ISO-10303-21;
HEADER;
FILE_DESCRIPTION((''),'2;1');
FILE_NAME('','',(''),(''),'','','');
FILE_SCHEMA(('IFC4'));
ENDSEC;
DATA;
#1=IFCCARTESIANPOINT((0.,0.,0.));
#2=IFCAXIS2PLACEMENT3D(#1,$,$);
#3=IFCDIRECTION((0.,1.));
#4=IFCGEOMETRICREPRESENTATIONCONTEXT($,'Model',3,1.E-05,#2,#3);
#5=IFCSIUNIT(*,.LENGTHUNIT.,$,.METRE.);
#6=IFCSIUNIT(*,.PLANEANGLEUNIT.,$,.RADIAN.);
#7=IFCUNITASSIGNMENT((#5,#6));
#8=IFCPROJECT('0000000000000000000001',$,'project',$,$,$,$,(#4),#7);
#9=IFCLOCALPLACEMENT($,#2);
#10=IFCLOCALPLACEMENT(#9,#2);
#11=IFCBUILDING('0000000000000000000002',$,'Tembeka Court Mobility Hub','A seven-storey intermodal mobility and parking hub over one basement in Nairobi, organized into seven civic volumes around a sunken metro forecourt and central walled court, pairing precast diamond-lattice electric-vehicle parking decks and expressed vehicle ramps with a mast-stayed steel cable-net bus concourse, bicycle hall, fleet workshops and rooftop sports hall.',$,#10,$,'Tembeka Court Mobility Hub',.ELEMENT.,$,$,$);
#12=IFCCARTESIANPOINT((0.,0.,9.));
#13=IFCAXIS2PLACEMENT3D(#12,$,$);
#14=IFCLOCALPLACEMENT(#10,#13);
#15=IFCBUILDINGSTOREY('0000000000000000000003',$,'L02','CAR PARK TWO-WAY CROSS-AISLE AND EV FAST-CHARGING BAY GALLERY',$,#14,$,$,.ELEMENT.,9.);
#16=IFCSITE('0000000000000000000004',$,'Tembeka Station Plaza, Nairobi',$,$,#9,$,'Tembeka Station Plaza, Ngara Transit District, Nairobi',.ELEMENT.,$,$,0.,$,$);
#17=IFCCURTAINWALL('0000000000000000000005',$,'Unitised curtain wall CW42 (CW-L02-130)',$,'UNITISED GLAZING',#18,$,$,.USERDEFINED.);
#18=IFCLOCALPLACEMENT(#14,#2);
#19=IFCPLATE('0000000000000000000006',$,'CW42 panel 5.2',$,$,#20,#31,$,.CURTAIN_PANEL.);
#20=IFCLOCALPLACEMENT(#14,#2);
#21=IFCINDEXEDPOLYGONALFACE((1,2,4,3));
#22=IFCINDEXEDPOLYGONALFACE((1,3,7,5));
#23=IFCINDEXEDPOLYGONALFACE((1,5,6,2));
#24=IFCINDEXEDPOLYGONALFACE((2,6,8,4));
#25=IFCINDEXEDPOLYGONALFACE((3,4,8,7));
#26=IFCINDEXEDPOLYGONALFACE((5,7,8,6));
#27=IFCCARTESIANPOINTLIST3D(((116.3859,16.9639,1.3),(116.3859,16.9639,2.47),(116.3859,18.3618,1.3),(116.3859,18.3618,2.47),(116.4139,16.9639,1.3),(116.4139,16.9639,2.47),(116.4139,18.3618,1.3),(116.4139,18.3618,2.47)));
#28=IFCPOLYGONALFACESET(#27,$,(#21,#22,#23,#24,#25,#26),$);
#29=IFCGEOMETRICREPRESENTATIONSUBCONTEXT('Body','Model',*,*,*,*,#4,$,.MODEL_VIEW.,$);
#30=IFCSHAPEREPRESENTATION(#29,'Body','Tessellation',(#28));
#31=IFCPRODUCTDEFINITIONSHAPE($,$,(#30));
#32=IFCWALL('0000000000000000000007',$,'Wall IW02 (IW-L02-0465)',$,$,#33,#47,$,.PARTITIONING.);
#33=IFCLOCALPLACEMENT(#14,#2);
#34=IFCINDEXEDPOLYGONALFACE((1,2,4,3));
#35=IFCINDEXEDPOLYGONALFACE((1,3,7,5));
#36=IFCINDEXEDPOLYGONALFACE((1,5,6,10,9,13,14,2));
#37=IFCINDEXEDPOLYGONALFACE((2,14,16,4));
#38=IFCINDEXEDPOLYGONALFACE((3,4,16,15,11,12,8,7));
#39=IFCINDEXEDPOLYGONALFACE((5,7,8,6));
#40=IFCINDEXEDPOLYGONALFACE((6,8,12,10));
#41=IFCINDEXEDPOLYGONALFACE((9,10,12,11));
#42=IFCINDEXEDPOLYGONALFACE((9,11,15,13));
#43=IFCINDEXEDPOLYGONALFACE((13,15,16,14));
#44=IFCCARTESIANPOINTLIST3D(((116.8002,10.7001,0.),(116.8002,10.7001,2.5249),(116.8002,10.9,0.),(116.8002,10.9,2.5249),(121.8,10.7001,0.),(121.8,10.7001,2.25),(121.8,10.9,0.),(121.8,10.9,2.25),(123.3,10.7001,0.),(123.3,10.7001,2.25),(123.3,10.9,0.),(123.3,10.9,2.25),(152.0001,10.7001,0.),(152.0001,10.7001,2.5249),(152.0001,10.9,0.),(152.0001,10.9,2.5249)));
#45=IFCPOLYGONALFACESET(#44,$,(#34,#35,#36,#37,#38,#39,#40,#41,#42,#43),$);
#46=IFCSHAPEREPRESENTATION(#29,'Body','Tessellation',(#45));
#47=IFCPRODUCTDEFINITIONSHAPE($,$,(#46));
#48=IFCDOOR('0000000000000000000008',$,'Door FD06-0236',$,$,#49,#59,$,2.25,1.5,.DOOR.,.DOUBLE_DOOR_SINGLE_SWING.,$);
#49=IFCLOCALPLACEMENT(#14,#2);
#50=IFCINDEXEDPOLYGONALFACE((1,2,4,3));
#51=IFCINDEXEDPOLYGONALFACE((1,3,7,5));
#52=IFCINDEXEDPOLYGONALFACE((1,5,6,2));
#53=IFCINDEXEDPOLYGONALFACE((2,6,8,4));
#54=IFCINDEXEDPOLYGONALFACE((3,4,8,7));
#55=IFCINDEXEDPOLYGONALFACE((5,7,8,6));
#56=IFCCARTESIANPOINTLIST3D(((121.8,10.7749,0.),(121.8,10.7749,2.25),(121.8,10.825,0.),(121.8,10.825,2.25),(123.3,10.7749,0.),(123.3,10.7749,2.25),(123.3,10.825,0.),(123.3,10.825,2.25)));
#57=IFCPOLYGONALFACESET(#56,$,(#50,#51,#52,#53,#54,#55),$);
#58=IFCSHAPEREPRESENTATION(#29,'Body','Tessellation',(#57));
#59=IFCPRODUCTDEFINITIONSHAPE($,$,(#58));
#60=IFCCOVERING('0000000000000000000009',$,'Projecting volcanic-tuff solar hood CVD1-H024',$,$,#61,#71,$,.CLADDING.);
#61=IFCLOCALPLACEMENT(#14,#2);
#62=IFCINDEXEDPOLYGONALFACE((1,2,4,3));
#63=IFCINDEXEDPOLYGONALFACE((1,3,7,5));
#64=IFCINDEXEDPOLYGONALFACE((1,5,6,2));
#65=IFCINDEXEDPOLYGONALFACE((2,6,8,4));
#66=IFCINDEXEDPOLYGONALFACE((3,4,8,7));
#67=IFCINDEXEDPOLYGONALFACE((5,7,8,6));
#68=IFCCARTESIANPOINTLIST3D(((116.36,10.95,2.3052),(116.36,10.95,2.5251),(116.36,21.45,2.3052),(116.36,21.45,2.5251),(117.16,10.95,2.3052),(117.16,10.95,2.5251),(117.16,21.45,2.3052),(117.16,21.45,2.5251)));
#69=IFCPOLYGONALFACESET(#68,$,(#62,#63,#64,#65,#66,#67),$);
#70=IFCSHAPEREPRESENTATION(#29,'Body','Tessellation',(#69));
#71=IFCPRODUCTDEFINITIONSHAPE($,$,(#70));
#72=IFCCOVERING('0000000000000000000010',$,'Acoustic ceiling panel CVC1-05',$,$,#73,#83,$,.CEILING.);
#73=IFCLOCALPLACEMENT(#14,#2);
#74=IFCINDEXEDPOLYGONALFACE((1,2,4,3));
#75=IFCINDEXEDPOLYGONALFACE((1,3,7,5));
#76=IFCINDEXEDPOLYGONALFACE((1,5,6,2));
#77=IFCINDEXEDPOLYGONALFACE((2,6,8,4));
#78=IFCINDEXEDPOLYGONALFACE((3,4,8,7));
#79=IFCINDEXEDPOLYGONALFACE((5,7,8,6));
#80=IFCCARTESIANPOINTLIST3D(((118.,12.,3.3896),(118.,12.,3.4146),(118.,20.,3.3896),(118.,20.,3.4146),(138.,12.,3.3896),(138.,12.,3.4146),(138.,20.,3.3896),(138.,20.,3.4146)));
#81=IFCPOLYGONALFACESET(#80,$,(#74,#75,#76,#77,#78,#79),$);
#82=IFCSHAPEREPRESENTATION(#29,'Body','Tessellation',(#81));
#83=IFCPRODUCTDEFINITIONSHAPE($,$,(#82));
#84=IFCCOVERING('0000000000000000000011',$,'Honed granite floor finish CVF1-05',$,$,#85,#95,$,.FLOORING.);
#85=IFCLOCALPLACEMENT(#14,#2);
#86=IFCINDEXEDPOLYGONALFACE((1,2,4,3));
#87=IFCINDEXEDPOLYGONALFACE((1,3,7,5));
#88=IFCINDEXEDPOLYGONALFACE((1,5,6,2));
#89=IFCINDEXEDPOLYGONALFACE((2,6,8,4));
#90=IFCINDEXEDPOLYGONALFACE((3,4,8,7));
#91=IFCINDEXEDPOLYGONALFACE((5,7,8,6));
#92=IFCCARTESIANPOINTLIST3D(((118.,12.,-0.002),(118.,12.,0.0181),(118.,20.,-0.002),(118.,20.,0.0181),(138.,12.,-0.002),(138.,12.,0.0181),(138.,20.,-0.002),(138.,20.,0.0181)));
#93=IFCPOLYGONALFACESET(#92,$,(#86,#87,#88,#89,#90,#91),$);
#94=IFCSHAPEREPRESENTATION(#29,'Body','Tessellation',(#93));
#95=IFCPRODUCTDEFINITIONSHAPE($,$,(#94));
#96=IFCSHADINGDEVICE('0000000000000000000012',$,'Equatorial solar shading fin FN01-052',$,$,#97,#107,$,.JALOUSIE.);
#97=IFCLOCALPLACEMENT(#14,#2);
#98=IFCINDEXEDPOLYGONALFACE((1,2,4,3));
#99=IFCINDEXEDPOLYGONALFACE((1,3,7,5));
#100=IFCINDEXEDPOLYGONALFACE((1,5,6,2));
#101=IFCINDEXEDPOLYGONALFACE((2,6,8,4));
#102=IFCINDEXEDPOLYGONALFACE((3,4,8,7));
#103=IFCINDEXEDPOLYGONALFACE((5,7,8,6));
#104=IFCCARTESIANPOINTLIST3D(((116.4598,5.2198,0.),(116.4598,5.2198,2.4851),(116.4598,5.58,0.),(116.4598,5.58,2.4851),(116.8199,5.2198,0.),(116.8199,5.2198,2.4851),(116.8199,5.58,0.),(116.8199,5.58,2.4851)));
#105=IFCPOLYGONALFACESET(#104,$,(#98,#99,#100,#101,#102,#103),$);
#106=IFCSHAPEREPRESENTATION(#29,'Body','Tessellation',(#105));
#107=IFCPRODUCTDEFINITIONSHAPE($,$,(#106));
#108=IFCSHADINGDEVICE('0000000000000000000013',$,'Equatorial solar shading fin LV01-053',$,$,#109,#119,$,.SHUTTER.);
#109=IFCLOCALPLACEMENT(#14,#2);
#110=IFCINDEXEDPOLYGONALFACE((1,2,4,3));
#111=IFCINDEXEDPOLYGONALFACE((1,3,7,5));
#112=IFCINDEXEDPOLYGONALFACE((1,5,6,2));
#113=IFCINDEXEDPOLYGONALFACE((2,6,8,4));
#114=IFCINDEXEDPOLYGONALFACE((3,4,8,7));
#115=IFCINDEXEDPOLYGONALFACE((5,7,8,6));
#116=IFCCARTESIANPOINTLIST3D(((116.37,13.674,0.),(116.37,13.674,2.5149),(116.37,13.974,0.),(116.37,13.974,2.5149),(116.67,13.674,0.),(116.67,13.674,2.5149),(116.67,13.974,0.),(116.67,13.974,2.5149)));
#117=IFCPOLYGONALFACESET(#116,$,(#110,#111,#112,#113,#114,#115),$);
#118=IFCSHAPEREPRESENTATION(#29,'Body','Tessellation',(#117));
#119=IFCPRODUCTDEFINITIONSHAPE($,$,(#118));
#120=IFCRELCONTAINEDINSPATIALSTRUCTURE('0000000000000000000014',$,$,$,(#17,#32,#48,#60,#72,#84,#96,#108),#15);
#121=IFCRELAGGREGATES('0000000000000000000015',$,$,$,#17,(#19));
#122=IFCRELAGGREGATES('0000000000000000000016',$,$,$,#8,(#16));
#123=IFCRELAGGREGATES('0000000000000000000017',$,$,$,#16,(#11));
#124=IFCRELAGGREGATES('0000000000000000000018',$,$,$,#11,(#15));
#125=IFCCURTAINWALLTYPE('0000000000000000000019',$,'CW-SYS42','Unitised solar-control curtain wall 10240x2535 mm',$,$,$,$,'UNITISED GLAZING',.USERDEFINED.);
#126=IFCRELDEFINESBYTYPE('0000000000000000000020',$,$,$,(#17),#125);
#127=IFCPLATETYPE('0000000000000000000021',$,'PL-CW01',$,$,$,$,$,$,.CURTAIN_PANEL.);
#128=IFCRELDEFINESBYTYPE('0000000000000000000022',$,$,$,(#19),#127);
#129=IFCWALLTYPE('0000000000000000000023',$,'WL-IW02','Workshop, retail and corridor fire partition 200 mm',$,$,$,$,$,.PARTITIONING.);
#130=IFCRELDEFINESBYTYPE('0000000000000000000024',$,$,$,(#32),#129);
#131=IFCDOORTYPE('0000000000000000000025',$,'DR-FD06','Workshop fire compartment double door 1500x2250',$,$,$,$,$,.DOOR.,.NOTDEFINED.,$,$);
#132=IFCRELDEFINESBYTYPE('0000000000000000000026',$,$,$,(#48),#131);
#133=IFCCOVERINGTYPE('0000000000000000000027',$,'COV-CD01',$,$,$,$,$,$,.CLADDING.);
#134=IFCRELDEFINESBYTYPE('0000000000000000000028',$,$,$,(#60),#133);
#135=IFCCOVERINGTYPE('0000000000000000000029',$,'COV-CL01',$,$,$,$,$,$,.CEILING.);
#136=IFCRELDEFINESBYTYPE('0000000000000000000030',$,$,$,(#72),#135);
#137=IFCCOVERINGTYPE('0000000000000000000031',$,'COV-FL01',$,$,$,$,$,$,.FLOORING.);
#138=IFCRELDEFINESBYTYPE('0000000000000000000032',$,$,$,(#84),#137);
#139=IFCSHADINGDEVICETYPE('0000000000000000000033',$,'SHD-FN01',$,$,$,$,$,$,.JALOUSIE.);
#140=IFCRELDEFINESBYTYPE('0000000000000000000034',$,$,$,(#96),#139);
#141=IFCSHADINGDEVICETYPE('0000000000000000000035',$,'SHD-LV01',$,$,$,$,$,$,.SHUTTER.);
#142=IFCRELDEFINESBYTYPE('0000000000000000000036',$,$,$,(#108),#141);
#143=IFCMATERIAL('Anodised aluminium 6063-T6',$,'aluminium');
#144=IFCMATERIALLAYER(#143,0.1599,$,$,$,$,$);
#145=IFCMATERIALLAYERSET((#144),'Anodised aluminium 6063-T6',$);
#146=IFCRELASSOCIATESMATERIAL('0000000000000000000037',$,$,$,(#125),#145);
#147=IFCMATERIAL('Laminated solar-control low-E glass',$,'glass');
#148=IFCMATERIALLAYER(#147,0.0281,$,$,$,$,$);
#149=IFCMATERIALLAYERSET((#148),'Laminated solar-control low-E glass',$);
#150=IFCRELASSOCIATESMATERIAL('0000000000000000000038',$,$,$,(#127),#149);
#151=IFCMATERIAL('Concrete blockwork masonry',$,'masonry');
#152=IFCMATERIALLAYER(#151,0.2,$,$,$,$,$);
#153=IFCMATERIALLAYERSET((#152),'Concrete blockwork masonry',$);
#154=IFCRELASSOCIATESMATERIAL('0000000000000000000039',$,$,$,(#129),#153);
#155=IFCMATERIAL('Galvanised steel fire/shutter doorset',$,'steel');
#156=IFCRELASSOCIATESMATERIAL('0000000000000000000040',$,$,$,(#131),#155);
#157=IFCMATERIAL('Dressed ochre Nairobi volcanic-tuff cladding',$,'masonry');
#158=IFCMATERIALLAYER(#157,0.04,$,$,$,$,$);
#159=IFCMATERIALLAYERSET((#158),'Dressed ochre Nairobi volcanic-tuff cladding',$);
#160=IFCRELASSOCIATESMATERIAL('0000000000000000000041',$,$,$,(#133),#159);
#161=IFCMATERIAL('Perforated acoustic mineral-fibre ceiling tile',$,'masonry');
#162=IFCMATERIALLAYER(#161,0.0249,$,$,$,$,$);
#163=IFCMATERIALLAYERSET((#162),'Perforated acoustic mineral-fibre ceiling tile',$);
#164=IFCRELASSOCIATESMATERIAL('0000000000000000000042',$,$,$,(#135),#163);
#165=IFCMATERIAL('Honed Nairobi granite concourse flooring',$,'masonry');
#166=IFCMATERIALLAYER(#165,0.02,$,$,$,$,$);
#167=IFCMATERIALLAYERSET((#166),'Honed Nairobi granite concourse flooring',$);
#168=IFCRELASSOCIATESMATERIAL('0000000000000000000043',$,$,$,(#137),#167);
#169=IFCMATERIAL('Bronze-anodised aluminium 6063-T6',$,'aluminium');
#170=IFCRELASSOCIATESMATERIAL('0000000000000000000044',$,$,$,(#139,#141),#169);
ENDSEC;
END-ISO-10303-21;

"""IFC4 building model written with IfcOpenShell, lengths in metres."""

from ifc_helpers import new_model, si_unit, direction, frame, frame_2d, origin, origin_2d, place, context, subcontext, project, spatial, rectangle, extrude, material, layer, layer_set, material_profile, profile_set, type_object, element, fill, aggregate, save


model = new_model("IFC4")

# Units and contexts
model_context = context("Model", 3, precision=1e-05, world=origin(), true_north=direction((0.0, 1.0)))
body_context = subcontext(model_context, "Body", "Model", "MODEL_VIEW")
ifc_project = project(units=[si_unit("LENGTHUNIT", "METRE"), si_unit("PLANEANGLEUNIT", "RADIAN")], contexts=[model_context])

# Site, building, storey
site_placement = place(None, origin())
site = spatial("IfcSite", under=ifc_project, at=site_placement, Name="Tembeka Station Plaza, Nairobi", LongName="Tembeka Station Plaza, Ngara Transit District, Nairobi", CompositionType="ELEMENT", RefElevation=0.0)
building_placement = place(site_placement, origin())
building = spatial("IfcBuilding", under=site, at=building_placement, Name="Tembeka Court Mobility Hub", Description="A seven-storey intermodal mobility and parking hub over one basement in Nairobi, organized into seven civic volumes around a sunken metro forecourt and central walled court, pairing precast diamond-lattice electric-vehicle parking decks and expressed vehicle ramps with a mast-stayed steel cable-net bus concourse, bicycle hall, fleet workshops and rooftop sports hall.", LongName="Tembeka Court Mobility Hub", CompositionType="ELEMENT")
storey_placement = place(building_placement, frame((0.0, 0.0, 9.0)))
storey = spatial("IfcBuildingStorey", under=building, at=storey_placement, Name="L02", Description="CAR PARK TWO-WAY CROSS-AISLE AND EV FAST-CHARGING BAY GALLERY", CompositionType="ELEMENT", Elevation=9.0)

# Curtain wall
ifc_material_1 = material(Name="Anodised aluminium 6063-T6", Category="aluminium")
ifc_layer_1 = layer(ifc_material_1, 0.1599)
ifc_layer_set_1 = layer_set([ifc_layer_1], Name="Anodised aluminium 6063-T6")
curtain_wall_type_1 = type_object("IfcCurtainWallType", Name="CW-SYS42", Description="Unitised solar-control curtain wall 10240x2535 mm", ElementType="UNITISED GLAZING", PredefinedType="USERDEFINED", material=ifc_layer_set_1)
curtain_wall_1_placement = place(storey_placement, origin())
curtain_wall_1 = element("IfcCurtainWall", 1, at=curtain_wall_1_placement, inside=storey, type_object=curtain_wall_type_1, Name="Unitised curtain wall CW42 (CW-L02-130)", ObjectType="UNITISED GLAZING", PredefinedType="USERDEFINED")

# Plate
ifc_material_2 = material(Name="Laminated solar-control low-E glass", Category="glass")
ifc_layer_2 = layer(ifc_material_2, 0.0281)
ifc_layer_set_2 = layer_set([ifc_layer_2], Name="Laminated solar-control low-E glass")
plate_type = type_object("IfcPlateType", Name="PL-CW01", PredefinedType="CURTAIN_PANEL", material=ifc_layer_set_2)
plate_1_placement = place(storey_placement, frame((116.3999, 17.6628, 1.3), z_axis=(0.0, 0.0, 1.0), x_axis=(0.0, 1.0, 0.0)))
plate_1 = element("IfcPlate", 2, at=plate_1_placement, type_object=plate_type, Name="CW42 panel 5.2", PredefinedType="CURTAIN_PANEL", context=body_context, shape_type="SweptSolid", body=[
    extrude(rectangle(XDim=1.3979, YDim=0.0281, at=origin_2d()), origin(), (0.0, 0.0, 1.0), 1.1699),
])
aggregate(curtain_wall_1, [plate_1])

# Wall, opening, door
ifc_material_3 = material(Name="Concrete blockwork masonry", Category="masonry")
ifc_layer_3 = layer(ifc_material_3, 0.2)
ifc_layer_set_3 = layer_set([ifc_layer_3], Name="Concrete blockwork masonry")
wall_type = type_object("IfcWallType", Name="WL-IW02", Description="Workshop, retail and corridor fire partition 200 mm", PredefinedType="PARTITIONING", material=ifc_layer_set_3)
wall_placement = place(storey_placement, frame((116.8, 10.8, 0.0), z_axis=(0.0, 0.0, 1.0), x_axis=(1.0, 0.0, 0.0)))
wall = element("IfcWall", 3, at=wall_placement, inside=storey, type_object=wall_type, Name="Wall IW02 (IW-L02-0465)", PredefinedType="PARTITIONING", context=body_context, shape_type="SweptSolid", body=[
    extrude(rectangle(XDim=35.2, YDim=0.2, at=frame_2d((17.6001, 0.0))), origin(), (0.0, 0.0, 1.0), 2.5249),
])
opening_placement = place(wall_placement, frame((5.0, 0.0, 0.0)))
opening = element("IfcOpeningElement", 4, at=opening_placement, cuts=wall, PredefinedType="OPENING", context=body_context, shape_type="SweptSolid", body=[
    extrude(rectangle(XDim=1.5, YDim=2.25, at=frame_2d((0.75, 1.125))), frame((0.0, 0.1099, 0.0), z_axis=(0.0, -1.0, 0.0), x_axis=(1.0, 0.0, 0.0)), (0.0, 0.0, 1.0), 0.22),
])
ifc_material_4 = material(Name="Galvanised steel fire/shutter doorset", Category="steel")
door_type = type_object("IfcDoorType", Name="DR-FD06", Description="Workshop fire compartment double door 1500x2250", OperationType="NOTDEFINED", PredefinedType="DOOR", material=ifc_material_4)
door_placement = place(opening_placement, origin())
door = element("IfcDoor", 5, at=door_placement, inside=storey, type_object=door_type, Name="Door FD06-0236", OperationType="DOUBLE_DOOR_SINGLE_SWING", OverallHeight=2.25, OverallWidth=1.5, PredefinedType="DOOR", context=body_context, shape_type="SweptSolid", body=[
    extrude(rectangle(XDim=1.5, YDim=2.25, at=frame_2d((0.75, 1.125))), frame((0.0, 0.0249, 0.0), z_axis=(0.0, -1.0, 0.0), x_axis=(1.0, 0.0, 0.0)), (0.0, 0.0, 1.0), 0.05),
])
fill(opening, door)

# Coverings
ifc_material_5 = material(Name="Dressed ochre Nairobi volcanic-tuff cladding", Category="masonry")
ifc_layer_4 = layer(ifc_material_5, 0.04)
ifc_layer_set_4 = layer_set([ifc_layer_4], Name="Dressed ochre Nairobi volcanic-tuff cladding")
covering_type_1 = type_object("IfcCoveringType", Name="COV-CD01", PredefinedType="CLADDING", material=ifc_layer_set_4)
covering_1_placement = place(storey_placement, frame((116.76, 16.2, 2.3052), z_axis=(0.0, 0.0, 1.0), x_axis=(0.0, 1.0, 0.0)))
element("IfcCovering", 6, at=covering_1_placement, inside=storey, type_object=covering_type_1, Name="Projecting volcanic-tuff solar hood CVD1-H024", PredefinedType="CLADDING", context=body_context, shape_type="SweptSolid", body=[
    extrude(rectangle(XDim=10.5, YDim=0.8, at=origin_2d()), origin(), (0.0, 0.0, 1.0), 0.22),
])
ifc_material_6 = material(Name="Perforated acoustic mineral-fibre ceiling tile", Category="masonry")
ifc_layer_5 = layer(ifc_material_6, 0.0249)
ifc_layer_set_5 = layer_set([ifc_layer_5], Name="Perforated acoustic mineral-fibre ceiling tile")
covering_type_2 = type_object("IfcCoveringType", Name="COV-CL01", PredefinedType="CEILING", material=ifc_layer_set_5)
covering_2_placement = place(storey_placement, frame((128.0, 16.0, 3.3896), z_axis=(0.0, 0.0, 1.0), x_axis=(1.0, 0.0, 0.0)))
element("IfcCovering", 7, at=covering_2_placement, inside=storey, type_object=covering_type_2, Name="Acoustic ceiling panel CVC1-05", PredefinedType="CEILING", context=body_context, shape_type="SweptSolid", body=[
    extrude(rectangle(XDim=20.0, YDim=8.0, at=origin_2d()), origin(), (0.0, 0.0, 1.0), 0.0249),
])
ifc_material_7 = material(Name="Honed Nairobi granite concourse flooring", Category="masonry")
ifc_layer_6 = layer(ifc_material_7, 0.02)
ifc_layer_set_6 = layer_set([ifc_layer_6], Name="Honed Nairobi granite concourse flooring")
covering_type_3 = type_object("IfcCoveringType", Name="COV-FL01", PredefinedType="FLOORING", material=ifc_layer_set_6)
covering_3_placement = place(storey_placement, frame((128.0, 16.0, -0.002), z_axis=(0.0, 0.0, 1.0), x_axis=(1.0, 0.0, 0.0)))
element("IfcCovering", 8, at=covering_3_placement, inside=storey, type_object=covering_type_3, Name="Honed granite floor finish CVF1-05", PredefinedType="FLOORING", context=body_context, shape_type="SweptSolid", body=[
    extrude(rectangle(XDim=20.0, YDim=8.0, at=origin_2d()), origin(), (0.0, 0.0, 1.0), 0.02),
])

# Shading devices
ifc_material_8 = material(Name="Bronze-anodised aluminium 6063-T6", Category="aluminium")
ifc_material_profile_1 = material_profile(ifc_material_8, rectangle(XDim=0.3601, YDim=0.3601, at=origin_2d()), Name="ALU-FIN 360x360")
ifc_profile_set_1 = profile_set([ifc_material_profile_1], Name="Bronze-anodised aluminium 6063-T6")
shading_device_type_1 = type_object("IfcShadingDeviceType", Name="SHD-FN01", PredefinedType="JALOUSIE", material=ifc_profile_set_1)
shading_device_1_placement = place(storey_placement, frame((116.6399, 5.3999, 0.0), z_axis=(0.0, 0.0, 1.0), x_axis=(1.0, 0.0, 0.0)))
element("IfcShadingDevice", 9, at=shading_device_1_placement, inside=storey, type_object=shading_device_type_1, Name="Equatorial solar shading fin FN01-052", PredefinedType="JALOUSIE", context=body_context, shape_type="SweptSolid", body=[
    extrude(rectangle(XDim=0.3601, YDim=0.3601, at=origin_2d()), origin(), (0.0, 0.0, 1.0), 2.4851),
])
ifc_material_profile_2 = material_profile(ifc_material_8, rectangle(XDim=0.3, YDim=0.3, at=origin_2d()), Name="ALU-LVR 300x300")
ifc_profile_set_2 = profile_set([ifc_material_profile_2], Name="Bronze-anodised aluminium 6063-T6")
shading_device_type_2 = type_object("IfcShadingDeviceType", Name="SHD-LV01", PredefinedType="SHUTTER", material=ifc_profile_set_2)
shading_device_2_placement = place(storey_placement, frame((116.52, 13.824, 0.0), z_axis=(0.0, 0.0, 1.0), x_axis=(1.0, 0.0, 0.0)))
element("IfcShadingDevice", 10, at=shading_device_2_placement, inside=storey, type_object=shading_device_type_2, Name="Equatorial solar shading fin LV01-053", PredefinedType="SHUTTER", context=body_context, shape_type="SweptSolid", body=[
    extrude(rectangle(XDim=0.3, YDim=0.3, at=origin_2d()), origin(), (0.0, 0.0, 1.0), 2.5149),
])

save(model, "model.ifc")
